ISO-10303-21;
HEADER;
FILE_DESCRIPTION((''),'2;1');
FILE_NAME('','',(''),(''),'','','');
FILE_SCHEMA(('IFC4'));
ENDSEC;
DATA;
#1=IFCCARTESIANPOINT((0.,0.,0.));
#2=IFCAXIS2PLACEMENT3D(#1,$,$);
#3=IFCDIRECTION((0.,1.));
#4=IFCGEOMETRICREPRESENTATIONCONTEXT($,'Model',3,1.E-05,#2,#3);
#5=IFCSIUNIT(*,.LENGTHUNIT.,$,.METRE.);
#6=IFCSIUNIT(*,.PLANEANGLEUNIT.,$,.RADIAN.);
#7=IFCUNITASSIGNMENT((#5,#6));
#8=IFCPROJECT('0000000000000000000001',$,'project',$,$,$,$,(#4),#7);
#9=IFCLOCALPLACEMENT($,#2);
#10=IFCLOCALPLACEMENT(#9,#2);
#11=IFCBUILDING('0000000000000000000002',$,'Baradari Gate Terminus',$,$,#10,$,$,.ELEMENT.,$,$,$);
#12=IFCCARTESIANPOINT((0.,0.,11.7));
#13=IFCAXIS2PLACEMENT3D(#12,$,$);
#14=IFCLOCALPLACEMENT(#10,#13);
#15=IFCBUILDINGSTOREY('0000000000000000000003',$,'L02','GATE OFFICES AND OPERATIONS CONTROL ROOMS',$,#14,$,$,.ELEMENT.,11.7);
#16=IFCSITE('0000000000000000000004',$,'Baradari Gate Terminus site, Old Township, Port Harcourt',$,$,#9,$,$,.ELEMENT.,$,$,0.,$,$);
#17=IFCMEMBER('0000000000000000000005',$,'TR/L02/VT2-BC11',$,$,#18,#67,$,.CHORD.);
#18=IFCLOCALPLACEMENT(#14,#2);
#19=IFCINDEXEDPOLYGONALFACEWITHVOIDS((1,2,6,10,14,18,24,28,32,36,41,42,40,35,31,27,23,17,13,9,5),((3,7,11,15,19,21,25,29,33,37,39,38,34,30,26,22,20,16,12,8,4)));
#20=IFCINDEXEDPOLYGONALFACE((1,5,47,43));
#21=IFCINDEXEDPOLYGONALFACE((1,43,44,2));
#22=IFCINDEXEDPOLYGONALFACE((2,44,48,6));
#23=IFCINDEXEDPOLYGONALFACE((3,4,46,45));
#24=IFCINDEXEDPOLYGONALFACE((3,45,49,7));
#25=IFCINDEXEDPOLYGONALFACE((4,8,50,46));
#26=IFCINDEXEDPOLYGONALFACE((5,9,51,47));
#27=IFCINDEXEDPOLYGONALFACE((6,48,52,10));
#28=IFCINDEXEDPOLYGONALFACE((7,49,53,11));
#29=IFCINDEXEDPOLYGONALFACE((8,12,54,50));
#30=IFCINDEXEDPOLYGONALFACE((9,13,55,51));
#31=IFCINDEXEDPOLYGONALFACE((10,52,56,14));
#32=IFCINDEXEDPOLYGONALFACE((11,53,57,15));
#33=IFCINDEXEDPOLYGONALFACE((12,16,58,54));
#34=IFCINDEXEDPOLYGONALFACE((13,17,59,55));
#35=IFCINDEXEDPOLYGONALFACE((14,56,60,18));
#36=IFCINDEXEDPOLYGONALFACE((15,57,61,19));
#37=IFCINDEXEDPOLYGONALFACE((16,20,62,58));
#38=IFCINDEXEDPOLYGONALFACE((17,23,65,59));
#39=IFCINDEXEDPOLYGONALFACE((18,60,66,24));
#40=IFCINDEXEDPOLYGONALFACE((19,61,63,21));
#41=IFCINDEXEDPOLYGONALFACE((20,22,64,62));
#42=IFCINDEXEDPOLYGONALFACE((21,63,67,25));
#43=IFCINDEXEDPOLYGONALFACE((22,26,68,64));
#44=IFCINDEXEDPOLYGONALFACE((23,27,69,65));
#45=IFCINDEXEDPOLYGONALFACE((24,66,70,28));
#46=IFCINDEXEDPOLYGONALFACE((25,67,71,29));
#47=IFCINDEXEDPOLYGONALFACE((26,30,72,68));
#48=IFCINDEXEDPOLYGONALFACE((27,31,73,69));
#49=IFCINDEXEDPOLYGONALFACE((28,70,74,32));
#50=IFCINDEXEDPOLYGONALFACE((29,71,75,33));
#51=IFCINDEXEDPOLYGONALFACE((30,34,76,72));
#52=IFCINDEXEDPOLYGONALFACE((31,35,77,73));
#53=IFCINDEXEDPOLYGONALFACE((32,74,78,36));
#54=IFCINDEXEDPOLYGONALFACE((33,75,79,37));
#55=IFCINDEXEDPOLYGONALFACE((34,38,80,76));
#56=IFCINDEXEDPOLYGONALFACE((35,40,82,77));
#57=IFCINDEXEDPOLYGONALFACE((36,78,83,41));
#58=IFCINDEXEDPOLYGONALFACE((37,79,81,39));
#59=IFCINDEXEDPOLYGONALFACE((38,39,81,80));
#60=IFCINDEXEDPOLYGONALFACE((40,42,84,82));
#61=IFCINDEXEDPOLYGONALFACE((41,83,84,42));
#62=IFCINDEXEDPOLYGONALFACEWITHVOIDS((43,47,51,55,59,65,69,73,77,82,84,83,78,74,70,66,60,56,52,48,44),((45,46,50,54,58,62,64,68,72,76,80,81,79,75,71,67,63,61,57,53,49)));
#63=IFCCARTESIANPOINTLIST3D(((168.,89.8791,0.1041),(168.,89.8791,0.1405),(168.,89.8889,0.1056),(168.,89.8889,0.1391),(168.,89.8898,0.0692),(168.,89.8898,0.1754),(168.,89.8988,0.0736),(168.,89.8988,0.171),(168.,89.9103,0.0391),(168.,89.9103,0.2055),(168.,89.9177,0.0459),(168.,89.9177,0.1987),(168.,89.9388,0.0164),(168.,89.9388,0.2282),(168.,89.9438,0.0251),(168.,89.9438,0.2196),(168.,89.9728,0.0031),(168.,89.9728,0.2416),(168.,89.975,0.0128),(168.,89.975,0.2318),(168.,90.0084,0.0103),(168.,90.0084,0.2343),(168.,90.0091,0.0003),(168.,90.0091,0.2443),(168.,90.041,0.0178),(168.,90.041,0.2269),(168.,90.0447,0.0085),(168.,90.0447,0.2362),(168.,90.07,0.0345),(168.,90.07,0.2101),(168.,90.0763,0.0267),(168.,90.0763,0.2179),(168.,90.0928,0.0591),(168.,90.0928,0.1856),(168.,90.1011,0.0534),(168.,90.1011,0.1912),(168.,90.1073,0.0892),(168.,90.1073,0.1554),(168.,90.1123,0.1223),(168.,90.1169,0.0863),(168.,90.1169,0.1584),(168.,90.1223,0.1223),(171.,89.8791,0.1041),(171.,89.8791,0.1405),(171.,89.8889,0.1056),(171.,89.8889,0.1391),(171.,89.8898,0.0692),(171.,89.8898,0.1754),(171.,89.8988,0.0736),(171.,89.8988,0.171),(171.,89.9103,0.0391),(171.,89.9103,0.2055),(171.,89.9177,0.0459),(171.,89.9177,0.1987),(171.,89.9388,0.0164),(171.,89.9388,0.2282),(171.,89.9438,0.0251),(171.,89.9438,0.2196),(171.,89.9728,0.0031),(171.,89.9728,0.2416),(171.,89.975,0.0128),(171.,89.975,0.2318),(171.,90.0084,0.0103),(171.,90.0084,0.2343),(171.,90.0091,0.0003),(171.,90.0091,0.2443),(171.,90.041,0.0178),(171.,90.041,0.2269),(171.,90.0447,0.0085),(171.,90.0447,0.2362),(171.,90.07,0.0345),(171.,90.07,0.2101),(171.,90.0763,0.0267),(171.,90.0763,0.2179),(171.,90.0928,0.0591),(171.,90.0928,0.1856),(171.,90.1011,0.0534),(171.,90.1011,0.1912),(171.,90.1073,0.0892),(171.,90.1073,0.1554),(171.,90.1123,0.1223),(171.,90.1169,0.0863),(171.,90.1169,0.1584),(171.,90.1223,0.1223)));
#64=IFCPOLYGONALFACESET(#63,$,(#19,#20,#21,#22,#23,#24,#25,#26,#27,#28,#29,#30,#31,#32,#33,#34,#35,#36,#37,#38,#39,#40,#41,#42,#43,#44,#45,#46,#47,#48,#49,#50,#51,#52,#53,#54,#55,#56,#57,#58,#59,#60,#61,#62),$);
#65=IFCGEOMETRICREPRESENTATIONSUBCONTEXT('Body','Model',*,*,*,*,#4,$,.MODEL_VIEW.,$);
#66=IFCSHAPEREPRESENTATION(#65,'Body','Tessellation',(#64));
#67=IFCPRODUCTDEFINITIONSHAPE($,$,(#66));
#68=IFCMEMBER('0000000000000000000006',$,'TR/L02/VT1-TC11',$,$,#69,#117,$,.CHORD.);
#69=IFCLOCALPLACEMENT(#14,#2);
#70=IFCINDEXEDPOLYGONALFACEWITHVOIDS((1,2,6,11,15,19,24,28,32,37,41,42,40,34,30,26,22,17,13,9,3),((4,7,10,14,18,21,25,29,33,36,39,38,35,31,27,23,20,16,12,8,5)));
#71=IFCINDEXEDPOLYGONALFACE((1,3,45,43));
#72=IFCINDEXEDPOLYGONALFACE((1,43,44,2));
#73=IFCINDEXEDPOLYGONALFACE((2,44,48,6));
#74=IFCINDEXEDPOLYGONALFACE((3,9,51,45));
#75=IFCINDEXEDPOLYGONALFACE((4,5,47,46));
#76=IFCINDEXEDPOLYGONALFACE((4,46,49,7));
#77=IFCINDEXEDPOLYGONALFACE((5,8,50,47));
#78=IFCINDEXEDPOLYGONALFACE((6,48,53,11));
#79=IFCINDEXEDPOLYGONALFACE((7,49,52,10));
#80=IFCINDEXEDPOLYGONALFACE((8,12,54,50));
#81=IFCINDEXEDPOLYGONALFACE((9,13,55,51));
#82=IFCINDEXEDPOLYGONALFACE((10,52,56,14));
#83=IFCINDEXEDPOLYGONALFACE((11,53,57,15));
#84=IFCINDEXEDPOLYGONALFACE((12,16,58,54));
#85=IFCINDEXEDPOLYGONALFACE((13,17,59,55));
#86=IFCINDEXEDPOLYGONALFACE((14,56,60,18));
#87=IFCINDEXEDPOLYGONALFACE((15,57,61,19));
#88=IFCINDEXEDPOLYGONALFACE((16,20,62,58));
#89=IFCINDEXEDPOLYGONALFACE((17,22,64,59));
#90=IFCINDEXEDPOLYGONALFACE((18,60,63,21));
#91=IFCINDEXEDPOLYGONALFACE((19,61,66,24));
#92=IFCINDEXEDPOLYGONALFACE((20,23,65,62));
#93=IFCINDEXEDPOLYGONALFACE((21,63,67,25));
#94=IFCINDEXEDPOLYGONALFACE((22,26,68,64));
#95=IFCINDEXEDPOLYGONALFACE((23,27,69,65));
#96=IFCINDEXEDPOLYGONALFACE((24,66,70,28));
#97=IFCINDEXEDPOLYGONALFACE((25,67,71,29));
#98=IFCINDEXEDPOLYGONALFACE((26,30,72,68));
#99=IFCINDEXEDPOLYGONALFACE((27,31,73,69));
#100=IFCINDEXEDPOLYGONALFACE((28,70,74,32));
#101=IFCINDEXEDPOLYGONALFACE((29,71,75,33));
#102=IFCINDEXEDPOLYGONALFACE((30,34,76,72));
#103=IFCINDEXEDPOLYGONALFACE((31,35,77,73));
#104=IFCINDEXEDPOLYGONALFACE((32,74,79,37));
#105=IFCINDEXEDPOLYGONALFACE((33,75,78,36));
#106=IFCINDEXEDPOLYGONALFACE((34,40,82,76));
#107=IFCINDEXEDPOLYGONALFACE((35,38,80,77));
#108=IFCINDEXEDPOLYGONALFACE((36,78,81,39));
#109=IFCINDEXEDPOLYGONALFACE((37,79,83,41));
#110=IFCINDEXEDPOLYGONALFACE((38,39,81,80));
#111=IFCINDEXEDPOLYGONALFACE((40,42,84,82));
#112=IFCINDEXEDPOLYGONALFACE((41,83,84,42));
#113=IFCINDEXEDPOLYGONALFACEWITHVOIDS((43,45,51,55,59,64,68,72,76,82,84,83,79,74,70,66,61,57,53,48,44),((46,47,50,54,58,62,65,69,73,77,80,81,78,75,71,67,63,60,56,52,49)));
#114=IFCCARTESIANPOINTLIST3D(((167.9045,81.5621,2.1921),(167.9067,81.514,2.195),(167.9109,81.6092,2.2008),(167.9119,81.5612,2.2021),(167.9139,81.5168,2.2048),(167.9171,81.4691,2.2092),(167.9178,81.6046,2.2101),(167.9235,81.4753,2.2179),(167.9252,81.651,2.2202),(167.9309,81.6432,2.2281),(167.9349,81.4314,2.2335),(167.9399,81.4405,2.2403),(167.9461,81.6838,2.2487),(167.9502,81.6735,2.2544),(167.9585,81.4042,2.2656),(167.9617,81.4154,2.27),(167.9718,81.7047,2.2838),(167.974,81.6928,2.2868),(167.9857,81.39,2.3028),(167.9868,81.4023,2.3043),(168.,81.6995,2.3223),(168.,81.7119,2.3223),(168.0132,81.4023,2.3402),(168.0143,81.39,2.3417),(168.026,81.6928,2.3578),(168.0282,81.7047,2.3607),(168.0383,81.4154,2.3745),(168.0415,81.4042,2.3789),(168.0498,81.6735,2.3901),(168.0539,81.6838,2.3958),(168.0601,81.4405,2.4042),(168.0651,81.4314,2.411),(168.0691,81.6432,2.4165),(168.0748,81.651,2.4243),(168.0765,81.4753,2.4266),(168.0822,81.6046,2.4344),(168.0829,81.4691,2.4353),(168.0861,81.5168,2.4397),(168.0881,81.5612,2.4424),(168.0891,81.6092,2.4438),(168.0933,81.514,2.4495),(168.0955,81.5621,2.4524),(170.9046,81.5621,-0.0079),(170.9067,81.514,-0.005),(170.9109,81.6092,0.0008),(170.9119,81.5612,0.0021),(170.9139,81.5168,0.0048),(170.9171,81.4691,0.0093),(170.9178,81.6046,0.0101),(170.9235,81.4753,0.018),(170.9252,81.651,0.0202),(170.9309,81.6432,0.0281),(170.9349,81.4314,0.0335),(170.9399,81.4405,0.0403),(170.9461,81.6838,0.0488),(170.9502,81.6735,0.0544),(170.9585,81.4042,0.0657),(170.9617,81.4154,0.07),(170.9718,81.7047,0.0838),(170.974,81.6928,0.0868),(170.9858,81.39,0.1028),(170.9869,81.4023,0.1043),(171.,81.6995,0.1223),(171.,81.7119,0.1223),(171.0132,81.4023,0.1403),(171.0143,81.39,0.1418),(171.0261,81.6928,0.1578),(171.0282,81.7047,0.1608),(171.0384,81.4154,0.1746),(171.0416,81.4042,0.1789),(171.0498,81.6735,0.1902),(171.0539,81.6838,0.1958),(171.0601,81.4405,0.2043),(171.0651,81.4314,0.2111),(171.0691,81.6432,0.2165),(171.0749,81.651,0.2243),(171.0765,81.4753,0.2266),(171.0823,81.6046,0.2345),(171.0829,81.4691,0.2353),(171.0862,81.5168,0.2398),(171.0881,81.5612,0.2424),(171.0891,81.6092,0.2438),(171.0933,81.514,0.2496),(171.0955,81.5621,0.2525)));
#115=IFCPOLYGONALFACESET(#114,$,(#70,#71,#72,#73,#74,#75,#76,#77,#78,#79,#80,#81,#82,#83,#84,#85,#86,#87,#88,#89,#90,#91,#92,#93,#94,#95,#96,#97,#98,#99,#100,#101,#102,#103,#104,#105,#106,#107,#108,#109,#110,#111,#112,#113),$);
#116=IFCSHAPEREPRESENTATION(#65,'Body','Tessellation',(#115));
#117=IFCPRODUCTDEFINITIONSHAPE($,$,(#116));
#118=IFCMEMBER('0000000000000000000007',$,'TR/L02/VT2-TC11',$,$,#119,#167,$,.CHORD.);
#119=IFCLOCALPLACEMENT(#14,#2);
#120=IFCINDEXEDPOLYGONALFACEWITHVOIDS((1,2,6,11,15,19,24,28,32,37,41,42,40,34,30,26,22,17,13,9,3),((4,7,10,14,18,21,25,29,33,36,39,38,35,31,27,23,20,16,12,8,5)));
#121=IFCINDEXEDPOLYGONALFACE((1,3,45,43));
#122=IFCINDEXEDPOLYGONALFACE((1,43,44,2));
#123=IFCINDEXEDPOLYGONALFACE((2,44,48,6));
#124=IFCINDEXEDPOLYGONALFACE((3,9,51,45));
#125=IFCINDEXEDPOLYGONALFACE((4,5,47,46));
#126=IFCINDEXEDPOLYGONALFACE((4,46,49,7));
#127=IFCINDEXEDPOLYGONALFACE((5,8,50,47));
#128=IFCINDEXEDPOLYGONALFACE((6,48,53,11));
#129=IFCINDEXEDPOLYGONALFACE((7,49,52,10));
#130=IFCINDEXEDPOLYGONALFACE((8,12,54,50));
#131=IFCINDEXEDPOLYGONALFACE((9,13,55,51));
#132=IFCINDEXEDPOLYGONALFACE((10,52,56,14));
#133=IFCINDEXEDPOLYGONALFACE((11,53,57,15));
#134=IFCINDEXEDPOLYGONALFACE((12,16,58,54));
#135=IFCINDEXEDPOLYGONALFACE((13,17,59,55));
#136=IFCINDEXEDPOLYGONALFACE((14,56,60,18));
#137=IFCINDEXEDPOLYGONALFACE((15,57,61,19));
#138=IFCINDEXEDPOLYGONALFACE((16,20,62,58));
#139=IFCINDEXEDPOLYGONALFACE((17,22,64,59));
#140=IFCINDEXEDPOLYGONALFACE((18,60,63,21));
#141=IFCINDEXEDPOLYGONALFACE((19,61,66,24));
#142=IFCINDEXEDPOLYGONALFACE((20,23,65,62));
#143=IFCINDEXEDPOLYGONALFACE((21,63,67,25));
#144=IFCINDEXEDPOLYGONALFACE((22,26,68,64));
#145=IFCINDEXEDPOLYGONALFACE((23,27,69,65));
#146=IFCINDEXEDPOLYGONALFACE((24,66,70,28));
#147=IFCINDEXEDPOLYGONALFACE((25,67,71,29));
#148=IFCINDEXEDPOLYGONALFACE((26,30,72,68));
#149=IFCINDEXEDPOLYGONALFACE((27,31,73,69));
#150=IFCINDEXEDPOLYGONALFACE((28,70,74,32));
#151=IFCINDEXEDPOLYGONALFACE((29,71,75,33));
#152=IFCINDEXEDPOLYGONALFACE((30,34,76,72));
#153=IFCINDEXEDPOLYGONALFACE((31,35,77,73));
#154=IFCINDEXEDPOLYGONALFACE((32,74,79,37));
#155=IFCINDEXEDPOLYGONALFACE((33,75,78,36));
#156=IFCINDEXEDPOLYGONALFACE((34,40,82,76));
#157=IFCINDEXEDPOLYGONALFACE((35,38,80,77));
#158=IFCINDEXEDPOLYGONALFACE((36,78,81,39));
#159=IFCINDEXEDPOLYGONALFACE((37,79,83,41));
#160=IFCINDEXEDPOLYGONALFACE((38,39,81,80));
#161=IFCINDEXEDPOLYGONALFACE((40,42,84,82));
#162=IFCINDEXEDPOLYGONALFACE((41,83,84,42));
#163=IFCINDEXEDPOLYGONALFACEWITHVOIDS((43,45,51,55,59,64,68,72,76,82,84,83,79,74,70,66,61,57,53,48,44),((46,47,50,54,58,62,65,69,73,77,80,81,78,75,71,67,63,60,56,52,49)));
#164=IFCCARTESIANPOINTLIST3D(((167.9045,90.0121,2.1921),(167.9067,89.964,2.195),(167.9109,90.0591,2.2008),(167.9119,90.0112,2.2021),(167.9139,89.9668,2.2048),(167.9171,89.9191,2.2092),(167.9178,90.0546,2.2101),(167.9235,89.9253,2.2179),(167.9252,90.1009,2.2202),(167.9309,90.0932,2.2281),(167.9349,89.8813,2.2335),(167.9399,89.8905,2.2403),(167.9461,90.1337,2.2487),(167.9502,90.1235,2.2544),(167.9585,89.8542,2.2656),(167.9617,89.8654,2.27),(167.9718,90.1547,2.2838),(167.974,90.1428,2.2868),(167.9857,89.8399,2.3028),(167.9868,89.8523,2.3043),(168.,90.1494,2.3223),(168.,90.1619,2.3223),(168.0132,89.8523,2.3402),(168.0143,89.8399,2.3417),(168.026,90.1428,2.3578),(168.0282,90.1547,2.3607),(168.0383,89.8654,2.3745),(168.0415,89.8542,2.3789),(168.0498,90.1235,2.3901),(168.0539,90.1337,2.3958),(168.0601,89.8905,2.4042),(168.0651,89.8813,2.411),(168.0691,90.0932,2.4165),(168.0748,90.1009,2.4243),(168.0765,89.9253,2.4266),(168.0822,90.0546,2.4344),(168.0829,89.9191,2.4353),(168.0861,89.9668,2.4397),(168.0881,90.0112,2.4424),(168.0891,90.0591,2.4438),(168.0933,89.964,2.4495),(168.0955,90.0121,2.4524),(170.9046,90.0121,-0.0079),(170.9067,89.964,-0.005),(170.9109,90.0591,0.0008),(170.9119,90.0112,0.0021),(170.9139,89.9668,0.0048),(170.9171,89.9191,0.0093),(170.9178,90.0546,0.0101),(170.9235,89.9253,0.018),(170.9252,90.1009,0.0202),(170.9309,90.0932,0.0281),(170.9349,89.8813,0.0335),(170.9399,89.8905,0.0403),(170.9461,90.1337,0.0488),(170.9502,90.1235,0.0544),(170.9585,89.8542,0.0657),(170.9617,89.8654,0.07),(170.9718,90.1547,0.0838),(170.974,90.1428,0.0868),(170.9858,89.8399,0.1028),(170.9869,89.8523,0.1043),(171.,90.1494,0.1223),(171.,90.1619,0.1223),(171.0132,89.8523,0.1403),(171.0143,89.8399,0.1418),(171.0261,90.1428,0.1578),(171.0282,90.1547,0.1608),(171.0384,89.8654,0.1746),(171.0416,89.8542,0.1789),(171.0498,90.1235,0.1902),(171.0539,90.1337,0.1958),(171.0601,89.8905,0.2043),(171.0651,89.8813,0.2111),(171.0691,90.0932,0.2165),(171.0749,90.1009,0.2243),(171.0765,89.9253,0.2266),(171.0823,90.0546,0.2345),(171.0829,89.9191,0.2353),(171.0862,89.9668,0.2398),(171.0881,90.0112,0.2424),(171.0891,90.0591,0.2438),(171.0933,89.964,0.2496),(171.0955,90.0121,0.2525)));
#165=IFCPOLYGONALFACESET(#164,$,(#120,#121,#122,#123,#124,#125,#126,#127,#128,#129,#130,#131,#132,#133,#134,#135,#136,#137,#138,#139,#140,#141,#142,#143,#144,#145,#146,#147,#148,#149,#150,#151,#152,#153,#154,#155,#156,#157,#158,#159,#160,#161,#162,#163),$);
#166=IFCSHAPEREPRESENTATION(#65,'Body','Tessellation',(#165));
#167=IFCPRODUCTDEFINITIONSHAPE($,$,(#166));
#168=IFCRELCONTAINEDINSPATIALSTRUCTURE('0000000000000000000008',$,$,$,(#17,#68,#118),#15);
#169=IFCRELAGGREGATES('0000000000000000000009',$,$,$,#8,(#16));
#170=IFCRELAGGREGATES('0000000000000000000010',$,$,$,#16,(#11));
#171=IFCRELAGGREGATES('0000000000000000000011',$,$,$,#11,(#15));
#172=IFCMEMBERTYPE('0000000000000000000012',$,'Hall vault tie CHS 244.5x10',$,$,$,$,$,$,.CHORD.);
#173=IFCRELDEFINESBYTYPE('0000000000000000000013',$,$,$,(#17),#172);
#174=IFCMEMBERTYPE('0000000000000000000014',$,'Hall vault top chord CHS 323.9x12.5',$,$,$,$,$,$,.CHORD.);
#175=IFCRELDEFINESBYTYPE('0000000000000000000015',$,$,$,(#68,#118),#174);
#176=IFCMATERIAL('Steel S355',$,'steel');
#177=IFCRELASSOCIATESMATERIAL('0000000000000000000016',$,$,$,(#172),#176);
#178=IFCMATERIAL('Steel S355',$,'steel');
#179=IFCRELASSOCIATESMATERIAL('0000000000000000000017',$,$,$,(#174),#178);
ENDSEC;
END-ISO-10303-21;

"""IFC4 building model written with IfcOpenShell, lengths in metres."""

from ifc_helpers import new_model, si_unit, direction, frame, origin, origin_2d, place, context, subcontext, project, spatial, hollow_circle, extrude, material, material_profile, profile_set, type_object, element, save


model = new_model("IFC4")

# Units and contexts
model_context = context("Model", 3, precision=1e-05, world=origin(), true_north=direction((0.0, 1.0)))
body_context = subcontext(model_context, "Body", "Model", "MODEL_VIEW")
ifc_project = project(units=[si_unit("LENGTHUNIT", "METRE"), si_unit("PLANEANGLEUNIT", "RADIAN")], contexts=[model_context])

# Site, building, storey
site_placement = place(None, origin())
site = spatial("IfcSite", under=ifc_project, at=site_placement, Name="Baradari Gate Terminus site, Old Township, Port Harcourt", CompositionType="ELEMENT", RefElevation=0.0)
building_placement = place(site_placement, origin())
building = spatial("IfcBuilding", under=site, at=building_placement, Name="Baradari Gate Terminus", CompositionType="ELEMENT")
storey_placement = place(building_placement, frame((0.0, 0.0, 11.7)))
storey = spatial("IfcBuildingStorey", under=building, at=storey_placement, Name="L02", Description="GATE OFFICES AND OPERATIONS CONTROL ROOMS", CompositionType="ELEMENT", Elevation=11.7)

# Members
ifc_material_1 = material(Name="Steel S355", Category="steel")
ifc_material_profile_1 = material_profile(ifc_material_1, hollow_circle(Radius=0.1223, WallThickness=0.01, at=origin_2d()), Name="CHS 244.5x10")
ifc_profile_set_1 = profile_set([ifc_material_profile_1], Name="Steel S355")
member_type_1 = type_object("IfcMemberType", Name="Hall vault tie CHS 244.5x10", PredefinedType="CHORD", material=ifc_profile_set_1)
for number, where, z_axis, x_axis, name in (
    (1, (168.0, 90.0, 0.1223), (1.0, 0.0, 0.0), (0.0, 1.0, 0.0), "TR/L02/VT2-BC11"),
):
    element("IfcMember", number, at=place(storey_placement, frame(where, z_axis=z_axis, x_axis=x_axis)), inside=storey, type_object=member_type_1, Name=name, PredefinedType="CHORD", context=body_context, shape_type="SweptSolid", body=[
        extrude(hollow_circle(Radius=0.1223, WallThickness=0.01, at=origin_2d()), origin(), (0.0, 0.0, 1.0), 3.0),
    ])
ifc_material_2 = material(Name="Steel S355", Category="steel")
ifc_material_profile_2 = material_profile(ifc_material_2, hollow_circle(Radius=0.1619, WallThickness=0.0125, at=origin_2d()), Name="CHS 323.9x12.5")
ifc_profile_set_2 = profile_set([ifc_material_profile_2], Name="Steel S355")
member_type_2 = type_object("IfcMemberType", Name="Hall vault top chord CHS 323.9x12.5", PredefinedType="CHORD", material=ifc_profile_set_2)
for number, where, z_axis, x_axis, name in (
    (2, (168.0, 81.55, 2.3223), (0.806411, 0.0, -0.591355), (0.0, 1.0, 0.0), "TR/L02/VT1-TC11"),
    (3, (168.0, 90.0, 2.3223), (0.806411, 0.0, -0.591355), (0.0, 1.0, 0.0), "TR/L02/VT2-TC11"),
):
    element("IfcMember", number, at=place(storey_placement, frame(where, z_axis=z_axis, x_axis=x_axis)), inside=storey, type_object=member_type_2, Name=name, PredefinedType="CHORD", context=body_context, shape_type="SweptSolid", body=[
        extrude(hollow_circle(Radius=0.1619, WallThickness=0.0125, at=origin_2d()), origin(), (0.0, 0.0, 1.0), 3.7202),
    ])

save(model, "model.ifc")
